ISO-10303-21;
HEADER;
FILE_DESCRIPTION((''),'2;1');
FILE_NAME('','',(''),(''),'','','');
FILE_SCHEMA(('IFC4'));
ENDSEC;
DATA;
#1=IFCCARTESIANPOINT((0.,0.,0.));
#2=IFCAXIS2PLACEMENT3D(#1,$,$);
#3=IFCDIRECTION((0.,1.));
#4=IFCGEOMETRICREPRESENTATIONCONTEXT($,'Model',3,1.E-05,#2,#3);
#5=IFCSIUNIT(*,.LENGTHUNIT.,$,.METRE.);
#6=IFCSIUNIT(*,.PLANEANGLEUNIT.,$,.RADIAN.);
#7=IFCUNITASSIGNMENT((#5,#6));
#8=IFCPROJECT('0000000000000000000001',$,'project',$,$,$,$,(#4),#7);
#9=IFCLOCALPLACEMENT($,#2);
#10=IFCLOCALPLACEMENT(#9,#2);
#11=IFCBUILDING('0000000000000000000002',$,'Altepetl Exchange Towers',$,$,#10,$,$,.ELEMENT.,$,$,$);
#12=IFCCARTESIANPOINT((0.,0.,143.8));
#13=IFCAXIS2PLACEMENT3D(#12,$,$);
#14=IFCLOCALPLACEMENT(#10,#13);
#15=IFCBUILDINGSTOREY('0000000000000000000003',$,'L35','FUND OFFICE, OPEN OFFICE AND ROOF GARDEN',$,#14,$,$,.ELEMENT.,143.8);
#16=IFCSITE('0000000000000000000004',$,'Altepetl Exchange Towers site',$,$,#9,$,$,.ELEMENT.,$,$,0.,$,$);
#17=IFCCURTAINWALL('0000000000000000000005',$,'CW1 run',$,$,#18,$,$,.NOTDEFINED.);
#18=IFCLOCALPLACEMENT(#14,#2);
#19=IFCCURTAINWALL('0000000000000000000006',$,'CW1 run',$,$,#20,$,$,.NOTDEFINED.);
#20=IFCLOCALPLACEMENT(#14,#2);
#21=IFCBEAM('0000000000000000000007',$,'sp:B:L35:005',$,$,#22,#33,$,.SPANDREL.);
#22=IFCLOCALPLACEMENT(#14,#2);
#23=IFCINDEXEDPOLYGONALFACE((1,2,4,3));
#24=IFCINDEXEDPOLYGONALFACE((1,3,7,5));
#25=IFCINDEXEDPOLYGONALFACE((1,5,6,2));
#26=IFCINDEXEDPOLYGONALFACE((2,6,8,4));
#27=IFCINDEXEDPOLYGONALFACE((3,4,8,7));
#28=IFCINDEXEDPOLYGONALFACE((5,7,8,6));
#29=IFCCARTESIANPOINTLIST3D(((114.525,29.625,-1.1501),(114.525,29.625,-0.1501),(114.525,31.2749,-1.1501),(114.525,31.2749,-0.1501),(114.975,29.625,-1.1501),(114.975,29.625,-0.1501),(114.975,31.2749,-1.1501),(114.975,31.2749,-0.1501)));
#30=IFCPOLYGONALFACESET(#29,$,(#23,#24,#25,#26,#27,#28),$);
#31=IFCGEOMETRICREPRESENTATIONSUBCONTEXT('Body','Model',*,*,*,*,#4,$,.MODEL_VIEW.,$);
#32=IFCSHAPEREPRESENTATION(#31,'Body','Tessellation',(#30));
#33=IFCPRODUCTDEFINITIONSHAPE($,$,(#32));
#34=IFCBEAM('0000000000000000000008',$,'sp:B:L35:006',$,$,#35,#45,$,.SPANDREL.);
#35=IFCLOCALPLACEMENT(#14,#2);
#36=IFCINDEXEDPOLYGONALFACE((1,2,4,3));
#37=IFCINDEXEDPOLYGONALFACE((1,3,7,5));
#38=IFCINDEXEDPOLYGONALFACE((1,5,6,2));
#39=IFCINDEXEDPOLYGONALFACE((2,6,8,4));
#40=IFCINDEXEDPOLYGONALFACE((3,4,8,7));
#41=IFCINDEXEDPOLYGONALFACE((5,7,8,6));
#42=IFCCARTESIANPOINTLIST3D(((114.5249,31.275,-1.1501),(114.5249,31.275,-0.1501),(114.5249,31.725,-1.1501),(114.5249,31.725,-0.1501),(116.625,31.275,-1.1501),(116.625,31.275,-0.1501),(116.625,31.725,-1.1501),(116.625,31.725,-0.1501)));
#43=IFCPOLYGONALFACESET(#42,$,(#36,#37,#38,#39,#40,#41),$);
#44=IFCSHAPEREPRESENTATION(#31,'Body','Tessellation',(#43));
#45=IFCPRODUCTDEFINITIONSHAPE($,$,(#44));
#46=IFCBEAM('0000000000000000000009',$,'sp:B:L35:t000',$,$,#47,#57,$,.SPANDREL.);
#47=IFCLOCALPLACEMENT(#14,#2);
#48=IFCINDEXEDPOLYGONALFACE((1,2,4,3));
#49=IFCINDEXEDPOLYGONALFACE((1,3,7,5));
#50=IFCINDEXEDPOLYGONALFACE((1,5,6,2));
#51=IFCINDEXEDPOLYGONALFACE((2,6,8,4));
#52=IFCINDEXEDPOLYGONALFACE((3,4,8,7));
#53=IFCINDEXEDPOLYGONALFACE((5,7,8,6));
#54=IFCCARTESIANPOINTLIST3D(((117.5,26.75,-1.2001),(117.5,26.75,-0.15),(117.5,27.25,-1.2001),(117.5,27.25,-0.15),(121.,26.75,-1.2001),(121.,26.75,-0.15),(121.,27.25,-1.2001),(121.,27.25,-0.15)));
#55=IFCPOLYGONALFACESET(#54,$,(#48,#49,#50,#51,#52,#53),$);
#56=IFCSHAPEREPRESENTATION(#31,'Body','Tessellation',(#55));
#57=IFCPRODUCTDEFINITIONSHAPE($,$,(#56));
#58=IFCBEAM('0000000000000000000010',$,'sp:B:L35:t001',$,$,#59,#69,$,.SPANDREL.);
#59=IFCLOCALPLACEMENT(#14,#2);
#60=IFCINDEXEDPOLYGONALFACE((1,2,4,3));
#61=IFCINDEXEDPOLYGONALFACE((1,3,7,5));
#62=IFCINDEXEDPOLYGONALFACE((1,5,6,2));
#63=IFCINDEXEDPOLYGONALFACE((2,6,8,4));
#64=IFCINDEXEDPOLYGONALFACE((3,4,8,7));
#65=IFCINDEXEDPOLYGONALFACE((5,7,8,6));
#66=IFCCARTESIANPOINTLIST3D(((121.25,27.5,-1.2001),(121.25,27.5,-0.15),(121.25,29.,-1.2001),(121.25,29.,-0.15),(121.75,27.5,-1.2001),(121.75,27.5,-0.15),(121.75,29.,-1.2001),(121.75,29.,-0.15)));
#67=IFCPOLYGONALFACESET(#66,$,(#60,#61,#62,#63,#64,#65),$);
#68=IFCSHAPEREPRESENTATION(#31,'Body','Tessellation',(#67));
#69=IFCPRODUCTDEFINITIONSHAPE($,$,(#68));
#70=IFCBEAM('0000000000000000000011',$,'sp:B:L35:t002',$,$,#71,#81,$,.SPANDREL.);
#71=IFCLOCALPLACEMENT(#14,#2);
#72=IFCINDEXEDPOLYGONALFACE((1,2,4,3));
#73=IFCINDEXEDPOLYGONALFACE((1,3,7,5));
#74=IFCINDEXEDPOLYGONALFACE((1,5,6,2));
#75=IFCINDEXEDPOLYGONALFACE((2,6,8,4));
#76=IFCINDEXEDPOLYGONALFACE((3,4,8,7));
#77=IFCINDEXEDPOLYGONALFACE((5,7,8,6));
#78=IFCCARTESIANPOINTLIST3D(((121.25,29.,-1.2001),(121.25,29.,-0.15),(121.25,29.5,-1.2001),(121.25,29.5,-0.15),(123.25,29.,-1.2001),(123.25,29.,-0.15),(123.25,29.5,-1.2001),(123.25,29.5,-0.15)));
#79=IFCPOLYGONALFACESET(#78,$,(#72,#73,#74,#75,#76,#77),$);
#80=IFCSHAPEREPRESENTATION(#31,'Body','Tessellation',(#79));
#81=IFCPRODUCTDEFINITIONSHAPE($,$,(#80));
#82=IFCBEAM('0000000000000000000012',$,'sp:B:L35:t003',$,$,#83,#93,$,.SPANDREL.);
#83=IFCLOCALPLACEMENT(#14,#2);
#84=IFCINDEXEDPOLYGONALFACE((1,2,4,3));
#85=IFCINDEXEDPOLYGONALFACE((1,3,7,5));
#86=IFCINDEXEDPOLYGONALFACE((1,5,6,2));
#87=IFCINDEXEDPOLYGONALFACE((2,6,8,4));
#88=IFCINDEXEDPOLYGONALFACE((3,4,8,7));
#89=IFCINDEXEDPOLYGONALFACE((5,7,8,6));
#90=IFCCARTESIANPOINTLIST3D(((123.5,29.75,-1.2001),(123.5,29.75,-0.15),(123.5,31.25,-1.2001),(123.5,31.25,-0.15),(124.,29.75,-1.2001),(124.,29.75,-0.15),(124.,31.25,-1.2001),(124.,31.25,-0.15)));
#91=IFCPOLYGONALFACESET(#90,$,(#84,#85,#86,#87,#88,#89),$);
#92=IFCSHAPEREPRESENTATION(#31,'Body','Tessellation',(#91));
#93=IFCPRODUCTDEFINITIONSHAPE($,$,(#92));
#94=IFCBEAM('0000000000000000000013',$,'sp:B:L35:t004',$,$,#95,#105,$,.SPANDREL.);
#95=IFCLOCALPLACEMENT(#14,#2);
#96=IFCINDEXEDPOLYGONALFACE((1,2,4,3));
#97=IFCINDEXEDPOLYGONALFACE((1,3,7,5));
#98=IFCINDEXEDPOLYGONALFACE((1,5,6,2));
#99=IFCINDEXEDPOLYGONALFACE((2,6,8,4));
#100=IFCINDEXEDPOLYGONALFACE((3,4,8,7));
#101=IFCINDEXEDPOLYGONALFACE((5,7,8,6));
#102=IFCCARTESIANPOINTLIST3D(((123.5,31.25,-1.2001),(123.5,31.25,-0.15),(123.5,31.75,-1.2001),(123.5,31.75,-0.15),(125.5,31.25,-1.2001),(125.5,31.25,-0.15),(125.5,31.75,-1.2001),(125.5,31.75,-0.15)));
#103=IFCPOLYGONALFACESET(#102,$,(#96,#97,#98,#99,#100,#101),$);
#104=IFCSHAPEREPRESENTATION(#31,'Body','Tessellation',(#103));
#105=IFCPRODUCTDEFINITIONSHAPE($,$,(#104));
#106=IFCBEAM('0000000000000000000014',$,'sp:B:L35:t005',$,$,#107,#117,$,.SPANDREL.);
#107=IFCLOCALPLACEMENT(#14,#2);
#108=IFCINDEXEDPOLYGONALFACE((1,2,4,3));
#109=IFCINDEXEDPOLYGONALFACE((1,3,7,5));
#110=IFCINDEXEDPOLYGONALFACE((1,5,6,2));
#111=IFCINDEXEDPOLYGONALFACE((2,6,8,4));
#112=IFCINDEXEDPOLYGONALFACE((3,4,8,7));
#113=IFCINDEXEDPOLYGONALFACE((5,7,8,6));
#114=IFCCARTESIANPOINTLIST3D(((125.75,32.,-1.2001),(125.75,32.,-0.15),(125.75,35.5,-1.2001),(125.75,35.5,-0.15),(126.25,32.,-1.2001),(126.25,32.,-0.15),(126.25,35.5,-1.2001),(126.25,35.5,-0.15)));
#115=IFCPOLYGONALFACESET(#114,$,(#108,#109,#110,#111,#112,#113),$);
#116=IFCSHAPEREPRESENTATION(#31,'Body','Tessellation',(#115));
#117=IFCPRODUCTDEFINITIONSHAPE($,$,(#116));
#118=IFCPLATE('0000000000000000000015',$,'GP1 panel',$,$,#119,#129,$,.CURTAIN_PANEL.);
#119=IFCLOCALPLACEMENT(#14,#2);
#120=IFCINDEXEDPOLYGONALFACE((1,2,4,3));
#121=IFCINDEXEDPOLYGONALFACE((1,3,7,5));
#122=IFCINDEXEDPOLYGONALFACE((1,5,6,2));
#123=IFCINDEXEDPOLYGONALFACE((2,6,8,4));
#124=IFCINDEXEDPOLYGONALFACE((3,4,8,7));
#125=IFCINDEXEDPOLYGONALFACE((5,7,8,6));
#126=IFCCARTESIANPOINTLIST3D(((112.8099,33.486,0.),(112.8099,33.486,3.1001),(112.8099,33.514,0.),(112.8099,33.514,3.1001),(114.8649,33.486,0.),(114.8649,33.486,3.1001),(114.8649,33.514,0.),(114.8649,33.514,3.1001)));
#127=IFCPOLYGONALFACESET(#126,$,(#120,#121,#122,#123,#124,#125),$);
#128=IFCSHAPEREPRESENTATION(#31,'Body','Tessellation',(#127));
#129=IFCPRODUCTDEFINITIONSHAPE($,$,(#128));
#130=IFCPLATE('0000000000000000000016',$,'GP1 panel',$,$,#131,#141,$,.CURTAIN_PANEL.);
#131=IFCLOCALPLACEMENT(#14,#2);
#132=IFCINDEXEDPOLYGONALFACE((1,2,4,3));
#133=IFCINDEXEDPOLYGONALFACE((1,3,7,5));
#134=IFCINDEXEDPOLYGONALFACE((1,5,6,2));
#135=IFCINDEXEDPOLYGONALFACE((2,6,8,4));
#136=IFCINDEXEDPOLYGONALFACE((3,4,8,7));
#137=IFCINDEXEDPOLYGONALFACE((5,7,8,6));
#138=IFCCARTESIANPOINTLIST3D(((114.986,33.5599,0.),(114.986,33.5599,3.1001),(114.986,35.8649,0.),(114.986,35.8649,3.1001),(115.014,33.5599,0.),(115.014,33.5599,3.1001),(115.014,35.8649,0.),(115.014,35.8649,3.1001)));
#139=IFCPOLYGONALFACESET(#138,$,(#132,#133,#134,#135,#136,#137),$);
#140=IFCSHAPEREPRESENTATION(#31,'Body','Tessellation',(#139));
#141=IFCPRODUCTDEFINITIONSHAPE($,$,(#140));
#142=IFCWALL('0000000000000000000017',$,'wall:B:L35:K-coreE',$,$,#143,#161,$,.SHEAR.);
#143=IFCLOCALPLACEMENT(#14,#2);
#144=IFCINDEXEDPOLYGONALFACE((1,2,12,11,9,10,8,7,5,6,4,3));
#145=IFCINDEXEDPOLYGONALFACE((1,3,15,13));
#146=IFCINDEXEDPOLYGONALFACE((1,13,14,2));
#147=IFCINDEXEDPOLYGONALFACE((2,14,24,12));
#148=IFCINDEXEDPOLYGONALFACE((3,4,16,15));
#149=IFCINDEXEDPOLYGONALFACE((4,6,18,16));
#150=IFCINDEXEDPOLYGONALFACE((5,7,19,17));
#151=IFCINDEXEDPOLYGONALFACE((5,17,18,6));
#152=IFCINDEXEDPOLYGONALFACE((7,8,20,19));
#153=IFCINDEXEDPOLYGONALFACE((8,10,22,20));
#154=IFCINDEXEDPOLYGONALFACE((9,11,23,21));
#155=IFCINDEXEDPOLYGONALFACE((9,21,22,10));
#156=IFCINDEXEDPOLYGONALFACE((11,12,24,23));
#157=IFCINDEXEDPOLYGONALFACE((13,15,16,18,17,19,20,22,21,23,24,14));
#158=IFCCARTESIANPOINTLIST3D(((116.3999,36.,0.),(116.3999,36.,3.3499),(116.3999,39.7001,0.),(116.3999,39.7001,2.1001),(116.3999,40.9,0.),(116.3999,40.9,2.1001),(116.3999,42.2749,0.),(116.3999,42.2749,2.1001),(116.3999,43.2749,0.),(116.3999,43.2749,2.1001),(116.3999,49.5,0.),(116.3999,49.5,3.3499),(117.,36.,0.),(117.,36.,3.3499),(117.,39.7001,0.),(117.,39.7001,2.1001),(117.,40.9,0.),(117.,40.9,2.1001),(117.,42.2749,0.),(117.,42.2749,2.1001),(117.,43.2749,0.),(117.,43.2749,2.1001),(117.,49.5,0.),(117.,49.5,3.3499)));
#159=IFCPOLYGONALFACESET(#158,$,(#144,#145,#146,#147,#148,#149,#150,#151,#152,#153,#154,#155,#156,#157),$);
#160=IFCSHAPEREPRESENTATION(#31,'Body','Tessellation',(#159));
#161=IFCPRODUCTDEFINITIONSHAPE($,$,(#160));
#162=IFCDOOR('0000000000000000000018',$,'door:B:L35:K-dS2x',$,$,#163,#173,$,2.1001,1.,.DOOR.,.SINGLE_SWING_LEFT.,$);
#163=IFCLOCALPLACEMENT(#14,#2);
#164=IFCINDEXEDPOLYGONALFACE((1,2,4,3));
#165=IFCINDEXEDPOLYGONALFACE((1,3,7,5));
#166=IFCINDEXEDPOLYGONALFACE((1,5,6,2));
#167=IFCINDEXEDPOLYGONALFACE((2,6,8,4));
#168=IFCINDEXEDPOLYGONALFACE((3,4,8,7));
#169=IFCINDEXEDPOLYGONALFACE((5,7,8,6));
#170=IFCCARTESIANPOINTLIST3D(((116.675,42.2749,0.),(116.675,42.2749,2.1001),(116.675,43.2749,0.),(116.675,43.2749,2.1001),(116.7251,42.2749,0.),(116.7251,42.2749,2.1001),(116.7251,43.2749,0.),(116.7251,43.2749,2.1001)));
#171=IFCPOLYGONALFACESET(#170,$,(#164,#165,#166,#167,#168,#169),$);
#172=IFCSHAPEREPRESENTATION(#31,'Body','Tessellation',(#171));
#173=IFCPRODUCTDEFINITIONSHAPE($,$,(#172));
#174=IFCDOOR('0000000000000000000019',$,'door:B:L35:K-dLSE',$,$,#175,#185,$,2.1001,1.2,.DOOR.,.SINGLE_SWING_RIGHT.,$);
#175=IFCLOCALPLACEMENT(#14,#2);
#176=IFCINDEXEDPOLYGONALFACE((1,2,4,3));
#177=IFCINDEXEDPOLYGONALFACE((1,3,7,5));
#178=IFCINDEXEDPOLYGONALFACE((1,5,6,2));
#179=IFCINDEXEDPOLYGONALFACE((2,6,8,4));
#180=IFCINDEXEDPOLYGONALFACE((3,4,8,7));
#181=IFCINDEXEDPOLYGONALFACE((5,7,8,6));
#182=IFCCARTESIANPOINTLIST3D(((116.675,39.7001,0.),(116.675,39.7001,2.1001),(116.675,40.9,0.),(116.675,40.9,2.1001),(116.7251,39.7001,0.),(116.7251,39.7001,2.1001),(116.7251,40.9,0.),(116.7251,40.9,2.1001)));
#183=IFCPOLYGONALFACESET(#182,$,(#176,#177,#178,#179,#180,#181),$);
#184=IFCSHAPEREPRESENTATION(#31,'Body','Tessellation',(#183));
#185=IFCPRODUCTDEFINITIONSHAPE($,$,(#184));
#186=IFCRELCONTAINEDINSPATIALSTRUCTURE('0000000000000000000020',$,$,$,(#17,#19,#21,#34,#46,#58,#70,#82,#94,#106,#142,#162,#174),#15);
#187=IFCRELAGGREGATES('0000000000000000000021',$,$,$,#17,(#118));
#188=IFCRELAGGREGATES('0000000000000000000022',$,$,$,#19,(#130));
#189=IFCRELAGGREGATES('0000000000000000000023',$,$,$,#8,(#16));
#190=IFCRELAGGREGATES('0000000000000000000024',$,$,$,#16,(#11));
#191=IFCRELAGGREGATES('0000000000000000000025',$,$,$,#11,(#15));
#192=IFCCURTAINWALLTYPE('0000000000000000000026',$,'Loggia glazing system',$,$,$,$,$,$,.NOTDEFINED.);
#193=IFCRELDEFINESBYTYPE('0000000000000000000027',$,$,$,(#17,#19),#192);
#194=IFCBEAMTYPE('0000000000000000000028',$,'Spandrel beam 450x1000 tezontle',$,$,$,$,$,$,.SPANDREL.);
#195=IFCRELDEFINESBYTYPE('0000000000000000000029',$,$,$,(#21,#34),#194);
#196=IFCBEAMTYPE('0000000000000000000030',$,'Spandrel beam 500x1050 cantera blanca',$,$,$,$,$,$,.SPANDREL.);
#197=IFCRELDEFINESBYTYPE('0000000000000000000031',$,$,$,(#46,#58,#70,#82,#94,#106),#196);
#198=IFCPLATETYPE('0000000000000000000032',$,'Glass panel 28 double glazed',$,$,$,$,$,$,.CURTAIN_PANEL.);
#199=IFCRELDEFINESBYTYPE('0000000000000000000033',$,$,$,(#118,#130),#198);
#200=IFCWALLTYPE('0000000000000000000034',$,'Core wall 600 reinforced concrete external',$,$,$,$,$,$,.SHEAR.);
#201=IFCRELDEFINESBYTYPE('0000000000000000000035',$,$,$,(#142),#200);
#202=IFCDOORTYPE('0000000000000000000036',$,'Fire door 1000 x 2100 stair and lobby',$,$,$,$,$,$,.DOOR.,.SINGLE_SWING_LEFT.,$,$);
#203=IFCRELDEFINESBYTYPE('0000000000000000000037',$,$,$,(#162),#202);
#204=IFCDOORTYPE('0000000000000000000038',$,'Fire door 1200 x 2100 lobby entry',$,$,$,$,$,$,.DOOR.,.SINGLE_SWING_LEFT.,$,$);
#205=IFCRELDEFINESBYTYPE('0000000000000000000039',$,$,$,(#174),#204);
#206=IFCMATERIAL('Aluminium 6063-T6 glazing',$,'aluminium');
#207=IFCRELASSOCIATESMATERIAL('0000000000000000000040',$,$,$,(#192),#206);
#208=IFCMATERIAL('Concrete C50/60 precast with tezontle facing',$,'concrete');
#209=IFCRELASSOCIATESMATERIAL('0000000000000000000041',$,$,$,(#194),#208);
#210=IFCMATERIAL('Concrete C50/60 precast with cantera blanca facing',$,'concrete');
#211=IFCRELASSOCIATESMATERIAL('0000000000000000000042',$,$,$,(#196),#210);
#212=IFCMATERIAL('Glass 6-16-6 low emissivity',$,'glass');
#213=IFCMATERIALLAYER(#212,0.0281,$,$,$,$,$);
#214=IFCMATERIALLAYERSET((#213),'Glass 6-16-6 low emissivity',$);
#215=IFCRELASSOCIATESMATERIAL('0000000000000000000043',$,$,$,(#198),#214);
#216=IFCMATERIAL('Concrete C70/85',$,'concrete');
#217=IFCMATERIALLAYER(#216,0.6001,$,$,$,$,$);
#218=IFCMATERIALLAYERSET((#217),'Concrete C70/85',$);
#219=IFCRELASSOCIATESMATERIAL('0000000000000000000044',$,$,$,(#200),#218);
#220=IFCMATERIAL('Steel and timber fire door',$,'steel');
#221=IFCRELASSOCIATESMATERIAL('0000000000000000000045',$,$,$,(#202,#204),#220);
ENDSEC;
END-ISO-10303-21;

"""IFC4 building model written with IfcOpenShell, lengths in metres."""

from ifc_helpers import new_model, si_unit, direction, frame, frame_2d, origin, origin_2d, place, context, subcontext, project, spatial, rectangle, extrude, material, layer, layer_set, material_profile, profile_set, type_object, element, fill, aggregate, save


model = new_model("IFC4")

# Units and contexts
model_context = context("Model", 3, precision=1e-05, world=origin(), true_north=direction((0.0, 1.0)))
body_context = subcontext(model_context, "Body", "Model", "MODEL_VIEW")
ifc_project = project(units=[si_unit("LENGTHUNIT", "METRE"), si_unit("PLANEANGLEUNIT", "RADIAN")], contexts=[model_context])

# Site, building, storey
site_placement = place(None, origin())
site = spatial("IfcSite", under=ifc_project, at=site_placement, Name="Altepetl Exchange Towers site", CompositionType="ELEMENT", RefElevation=0.0)
building_placement = place(site_placement, origin())
building = spatial("IfcBuilding", under=site, at=building_placement, Name="Altepetl Exchange Towers", CompositionType="ELEMENT")
storey_placement = place(building_placement, frame((0.0, 0.0, 143.8)))
storey = spatial("IfcBuildingStorey", under=building, at=storey_placement, Name="L35", Description="FUND OFFICE, OPEN OFFICE AND ROOF GARDEN", CompositionType="ELEMENT", Elevation=143.8)

# Shared definitions
ifc_material_1 = material(Name="Aluminium 6063-T6 glazing", Category="aluminium")
curtain_wall_type = type_object("IfcCurtainWallType", Name="Loggia glazing system", PredefinedType="NOTDEFINED", material=ifc_material_1)

# Curtain walls
curtain_wall_1_placement = place(storey_placement, origin())
curtain_wall_1 = element("IfcCurtainWall", 1, at=curtain_wall_1_placement, inside=storey, type_object=curtain_wall_type, Name="CW1 run", PredefinedType="NOTDEFINED")
curtain_wall_2_placement = place(storey_placement, origin())
curtain_wall_2 = element("IfcCurtainWall", 2, at=curtain_wall_2_placement, inside=storey, type_object=curtain_wall_type, Name="CW1 run", PredefinedType="NOTDEFINED")

# Beams
ifc_material_2 = material(Name="Concrete C50/60 precast with cantera blanca facing", Category="concrete")
ifc_material_3 = material(Name="Concrete C50/60 precast with tezontle facing", Category="concrete")
ifc_material_profile_1 = material_profile(ifc_material_3, rectangle(XDim=0.45, YDim=1.0, at=origin_2d()), Name="450 x 1000")
ifc_profile_set_1 = profile_set([ifc_material_profile_1], Name="Concrete C50/60 precast with tezontle facing")
beam_type_1 = type_object("IfcBeamType", Name="Spandrel beam 450x1000 tezontle", PredefinedType="SPANDREL", material=ifc_profile_set_1)
beam_1_placement = place(storey_placement, frame((114.75, 29.625, -0.6501), z_axis=(0.0, 1.0, 0.0), x_axis=(-1.0, 0.0, 0.0)))
element("IfcBeam", 3, at=beam_1_placement, inside=storey, type_object=beam_type_1, Name="sp:B:L35:005", PredefinedType="SPANDREL", context=body_context, shape_type="SweptSolid", body=[
    extrude(rectangle(XDim=0.45, YDim=1.0, at=origin_2d()), origin(), (0.0, 0.0, 1.0), 1.6499),
])
beam_2_placement = place(storey_placement, frame((114.5249, 31.5, -0.6501), z_axis=(1.0, 0.0, 0.0), x_axis=(0.0, 1.0, 0.0)))
element("IfcBeam", 4, at=beam_2_placement, inside=storey, type_object=beam_type_1, Name="sp:B:L35:006", PredefinedType="SPANDREL", context=body_context, shape_type="SweptSolid", body=[
    extrude(rectangle(XDim=0.45, YDim=1.0, at=origin_2d()), origin(), (0.0, 0.0, 1.0), 2.1001),
])
ifc_material_profile_2 = material_profile(ifc_material_2, rectangle(XDim=0.5, YDim=1.05, at=origin_2d()), Name="500 x 1050")
ifc_profile_set_2 = profile_set([ifc_material_profile_2], Name="Concrete C50/60 precast with cantera blanca facing")
beam_type_2 = type_object("IfcBeamType", Name="Spandrel beam 500x1050 cantera blanca", PredefinedType="SPANDREL", material=ifc_profile_set_2)
beam_3_placement = place(storey_placement, frame((117.5, 27.0, -0.675), z_axis=(1.0, 0.0, 0.0), x_axis=(0.0, 1.0, 0.0)))
element("IfcBeam", 5, at=beam_3_placement, inside=storey, type_object=beam_type_2, Name="sp:B:L35:t000", PredefinedType="SPANDREL", context=body_context, shape_type="SweptSolid", body=[
    extrude(rectangle(XDim=0.5, YDim=1.05, at=origin_2d()), origin(), (0.0, 0.0, 1.0), 3.5),
])
beam_4_placement = place(storey_placement, frame((121.5, 27.5, -0.675), z_axis=(0.0, 1.0, 0.0), x_axis=(-1.0, 0.0, 0.0)))
element("IfcBeam", 6, at=beam_4_placement, inside=storey, type_object=beam_type_2, Name="sp:B:L35:t001", PredefinedType="SPANDREL", context=body_context, shape_type="SweptSolid", body=[
    extrude(rectangle(XDim=0.5, YDim=1.05, at=origin_2d()), origin(), (0.0, 0.0, 1.0), 1.5),
])
beam_5_placement = place(storey_placement, frame((121.25, 29.25, -0.675), z_axis=(1.0, 0.0, 0.0), x_axis=(0.0, 1.0, 0.0)))
element("IfcBeam", 7, at=beam_5_placement, inside=storey, type_object=beam_type_2, Name="sp:B:L35:t002", PredefinedType="SPANDREL", context=body_context, shape_type="SweptSolid", body=[
    extrude(rectangle(XDim=0.5, YDim=1.05, at=origin_2d()), origin(), (0.0, 0.0, 1.0), 2.0),
])
beam_6_placement = place(storey_placement, frame((123.75, 29.75, -0.675), z_axis=(0.0, 1.0, 0.0), x_axis=(-1.0, 0.0, 0.0)))
element("IfcBeam", 8, at=beam_6_placement, inside=storey, type_object=beam_type_2, Name="sp:B:L35:t003", PredefinedType="SPANDREL", context=body_context, shape_type="SweptSolid", body=[
    extrude(rectangle(XDim=0.5, YDim=1.05, at=origin_2d()), origin(), (0.0, 0.0, 1.0), 1.5),
])
beam_7_placement = place(storey_placement, frame((123.5, 31.5, -0.675), z_axis=(1.0, 0.0, 0.0), x_axis=(0.0, 1.0, 0.0)))
element("IfcBeam", 9, at=beam_7_placement, inside=storey, type_object=beam_type_2, Name="sp:B:L35:t004", PredefinedType="SPANDREL", context=body_context, shape_type="SweptSolid", body=[
    extrude(rectangle(XDim=0.5, YDim=1.05, at=origin_2d()), origin(), (0.0, 0.0, 1.0), 2.0),
])
beam_8_placement = place(storey_placement, frame((126.0, 32.0, -0.675), z_axis=(0.0, 1.0, 0.0), x_axis=(-1.0, 0.0, 0.0)))
element("IfcBeam", 10, at=beam_8_placement, inside=storey, type_object=beam_type_2, Name="sp:B:L35:t005", PredefinedType="SPANDREL", context=body_context, shape_type="SweptSolid", body=[
    extrude(rectangle(XDim=0.5, YDim=1.05, at=origin_2d()), origin(), (0.0, 0.0, 1.0), 3.5),
])

# Plates
ifc_material_4 = material(Name="Glass 6-16-6 low emissivity", Category="glass")
ifc_layer_1 = layer(ifc_material_4, 0.0281)
ifc_layer_set_1 = layer_set([ifc_layer_1], Name="Glass 6-16-6 low emissivity")
plate_type = type_object("IfcPlateType", Name="Glass panel 28 double glazed", PredefinedType="CURTAIN_PANEL", material=ifc_layer_set_1)
plate_1_placement = place(storey_placement, frame((113.8374, 33.5, 0.0)))
plate_1 = element("IfcPlate", 11, at=plate_1_placement, type_object=plate_type, Name="GP1 panel", PredefinedType="CURTAIN_PANEL", context=body_context, shape_type="SweptSolid", body=[
    extrude(rectangle(XDim=2.0549, YDim=0.0281, at=origin_2d()), origin(), (0.0, 0.0, 1.0), 3.1001),
])
aggregate(curtain_wall_1, [plate_1])
plate_2_placement = place(storey_placement, frame((115.0, 34.7124, 0.0), z_axis=(0.0, 0.0, 1.0), x_axis=(0.0, 1.0, 0.0)))
plate_2 = element("IfcPlate", 12, at=plate_2_placement, type_object=plate_type, Name="GP1 panel", PredefinedType="CURTAIN_PANEL", context=body_context, shape_type="SweptSolid", body=[
    extrude(rectangle(XDim=2.3049, YDim=0.0281, at=origin_2d()), origin(), (0.0, 0.0, 1.0), 3.1001),
])
aggregate(curtain_wall_2, [plate_2])

# Wall, openings, doors
ifc_material_5 = material(Name="Concrete C70/85", Category="concrete")
ifc_layer_2 = layer(ifc_material_5, 0.6001)
ifc_layer_set_2 = layer_set([ifc_layer_2], Name="Concrete C70/85")
wall_type_1 = type_object("IfcWallType", Name="Core wall 600 reinforced concrete external", PredefinedType="SHEAR", material=ifc_layer_set_2)
wall_1_placement = place(storey_placement, frame((116.7, 36.0, 0.0), z_axis=(0.0, 0.0, 1.0), x_axis=(0.0, 1.0, 0.0)))
wall_1 = element("IfcWall", 13, at=wall_1_placement, inside=storey, type_object=wall_type_1, Name="wall:B:L35:K-coreE", PredefinedType="SHEAR", context=body_context, shape_type="SweptSolid", body=[
    extrude(rectangle(XDim=13.5, YDim=0.6001, at=frame_2d((6.75, 0.0))), origin(), (0.0, 0.0, 1.0), 3.3499),
])
opening_1_placement = place(wall_1_placement, frame((3.7, 0.0, 0.0)))
opening_1 = element("IfcOpeningElement", 14, at=opening_1_placement, cuts=wall_1, PredefinedType="OPENING", context=body_context, shape_type="SweptSolid", body=[
    extrude(rectangle(XDim=1.2, YDim=2.1001, at=frame_2d((0.6001, 1.05))), frame((0.0, 0.3101, 0.0), z_axis=(0.0, -1.0, 0.0), x_axis=(1.0, 0.0, 0.0)), (0.0, 0.0, 1.0), 0.6201),
])
opening_2_placement = place(wall_1_placement, frame((6.2749, 0.0, 0.0)))
opening_2 = element("IfcOpeningElement", 15, at=opening_2_placement, cuts=wall_1, PredefinedType="OPENING", context=body_context, shape_type="SweptSolid", body=[
    extrude(rectangle(XDim=1.0, YDim=2.1001, at=frame_2d((0.5, 1.05))), frame((0.0, 0.3101, 0.0), z_axis=(0.0, -1.0, 0.0), x_axis=(1.0, 0.0, 0.0)), (0.0, 0.0, 1.0), 0.6201),
])
ifc_material_6 = material(Name="Steel and timber fire door", Category="steel")
door_type_1 = type_object("IfcDoorType", Name="Fire door 1000 x 2100 stair and lobby", OperationType="SINGLE_SWING_LEFT", PredefinedType="DOOR", material=ifc_material_6)
door_1_placement = place(opening_2_placement, origin())
door_1 = element("IfcDoor", 16, at=door_1_placement, inside=storey, type_object=door_type_1, Name="door:B:L35:K-dS2x", OperationType="SINGLE_SWING_LEFT", OverallHeight=2.1001, OverallWidth=1.0, PredefinedType="DOOR", context=body_context, shape_type="SweptSolid", body=[
    extrude(rectangle(XDim=1.0, YDim=2.1001, at=frame_2d((0.5, 1.05))), frame((0.0, 0.0249, 0.0), z_axis=(0.0, -1.0, 0.0), x_axis=(1.0, 0.0, 0.0)), (0.0, 0.0, 1.0), 0.05),
])
fill(opening_2, door_1)
door_type_2 = type_object("IfcDoorType", Name="Fire door 1200 x 2100 lobby entry", OperationType="SINGLE_SWING_LEFT", PredefinedType="DOOR", material=ifc_material_6)
door_2_placement = place(opening_1_placement, origin())
door_2 = element("IfcDoor", 17, at=door_2_placement, inside=storey, type_object=door_type_2, Name="door:B:L35:K-dLSE", OperationType="SINGLE_SWING_RIGHT", OverallHeight=2.1001, OverallWidth=1.2, PredefinedType="DOOR", context=body_context, shape_type="SweptSolid", body=[
    extrude(rectangle(XDim=1.2, YDim=2.1001, at=frame_2d((0.6001, 1.05))), frame((0.0, 0.0249, 0.0), z_axis=(0.0, -1.0, 0.0), x_axis=(1.0, 0.0, 0.0)), (0.0, 0.0, 1.0), 0.05),
])
fill(opening_1, door_2)

save(model, "model.ifc")
